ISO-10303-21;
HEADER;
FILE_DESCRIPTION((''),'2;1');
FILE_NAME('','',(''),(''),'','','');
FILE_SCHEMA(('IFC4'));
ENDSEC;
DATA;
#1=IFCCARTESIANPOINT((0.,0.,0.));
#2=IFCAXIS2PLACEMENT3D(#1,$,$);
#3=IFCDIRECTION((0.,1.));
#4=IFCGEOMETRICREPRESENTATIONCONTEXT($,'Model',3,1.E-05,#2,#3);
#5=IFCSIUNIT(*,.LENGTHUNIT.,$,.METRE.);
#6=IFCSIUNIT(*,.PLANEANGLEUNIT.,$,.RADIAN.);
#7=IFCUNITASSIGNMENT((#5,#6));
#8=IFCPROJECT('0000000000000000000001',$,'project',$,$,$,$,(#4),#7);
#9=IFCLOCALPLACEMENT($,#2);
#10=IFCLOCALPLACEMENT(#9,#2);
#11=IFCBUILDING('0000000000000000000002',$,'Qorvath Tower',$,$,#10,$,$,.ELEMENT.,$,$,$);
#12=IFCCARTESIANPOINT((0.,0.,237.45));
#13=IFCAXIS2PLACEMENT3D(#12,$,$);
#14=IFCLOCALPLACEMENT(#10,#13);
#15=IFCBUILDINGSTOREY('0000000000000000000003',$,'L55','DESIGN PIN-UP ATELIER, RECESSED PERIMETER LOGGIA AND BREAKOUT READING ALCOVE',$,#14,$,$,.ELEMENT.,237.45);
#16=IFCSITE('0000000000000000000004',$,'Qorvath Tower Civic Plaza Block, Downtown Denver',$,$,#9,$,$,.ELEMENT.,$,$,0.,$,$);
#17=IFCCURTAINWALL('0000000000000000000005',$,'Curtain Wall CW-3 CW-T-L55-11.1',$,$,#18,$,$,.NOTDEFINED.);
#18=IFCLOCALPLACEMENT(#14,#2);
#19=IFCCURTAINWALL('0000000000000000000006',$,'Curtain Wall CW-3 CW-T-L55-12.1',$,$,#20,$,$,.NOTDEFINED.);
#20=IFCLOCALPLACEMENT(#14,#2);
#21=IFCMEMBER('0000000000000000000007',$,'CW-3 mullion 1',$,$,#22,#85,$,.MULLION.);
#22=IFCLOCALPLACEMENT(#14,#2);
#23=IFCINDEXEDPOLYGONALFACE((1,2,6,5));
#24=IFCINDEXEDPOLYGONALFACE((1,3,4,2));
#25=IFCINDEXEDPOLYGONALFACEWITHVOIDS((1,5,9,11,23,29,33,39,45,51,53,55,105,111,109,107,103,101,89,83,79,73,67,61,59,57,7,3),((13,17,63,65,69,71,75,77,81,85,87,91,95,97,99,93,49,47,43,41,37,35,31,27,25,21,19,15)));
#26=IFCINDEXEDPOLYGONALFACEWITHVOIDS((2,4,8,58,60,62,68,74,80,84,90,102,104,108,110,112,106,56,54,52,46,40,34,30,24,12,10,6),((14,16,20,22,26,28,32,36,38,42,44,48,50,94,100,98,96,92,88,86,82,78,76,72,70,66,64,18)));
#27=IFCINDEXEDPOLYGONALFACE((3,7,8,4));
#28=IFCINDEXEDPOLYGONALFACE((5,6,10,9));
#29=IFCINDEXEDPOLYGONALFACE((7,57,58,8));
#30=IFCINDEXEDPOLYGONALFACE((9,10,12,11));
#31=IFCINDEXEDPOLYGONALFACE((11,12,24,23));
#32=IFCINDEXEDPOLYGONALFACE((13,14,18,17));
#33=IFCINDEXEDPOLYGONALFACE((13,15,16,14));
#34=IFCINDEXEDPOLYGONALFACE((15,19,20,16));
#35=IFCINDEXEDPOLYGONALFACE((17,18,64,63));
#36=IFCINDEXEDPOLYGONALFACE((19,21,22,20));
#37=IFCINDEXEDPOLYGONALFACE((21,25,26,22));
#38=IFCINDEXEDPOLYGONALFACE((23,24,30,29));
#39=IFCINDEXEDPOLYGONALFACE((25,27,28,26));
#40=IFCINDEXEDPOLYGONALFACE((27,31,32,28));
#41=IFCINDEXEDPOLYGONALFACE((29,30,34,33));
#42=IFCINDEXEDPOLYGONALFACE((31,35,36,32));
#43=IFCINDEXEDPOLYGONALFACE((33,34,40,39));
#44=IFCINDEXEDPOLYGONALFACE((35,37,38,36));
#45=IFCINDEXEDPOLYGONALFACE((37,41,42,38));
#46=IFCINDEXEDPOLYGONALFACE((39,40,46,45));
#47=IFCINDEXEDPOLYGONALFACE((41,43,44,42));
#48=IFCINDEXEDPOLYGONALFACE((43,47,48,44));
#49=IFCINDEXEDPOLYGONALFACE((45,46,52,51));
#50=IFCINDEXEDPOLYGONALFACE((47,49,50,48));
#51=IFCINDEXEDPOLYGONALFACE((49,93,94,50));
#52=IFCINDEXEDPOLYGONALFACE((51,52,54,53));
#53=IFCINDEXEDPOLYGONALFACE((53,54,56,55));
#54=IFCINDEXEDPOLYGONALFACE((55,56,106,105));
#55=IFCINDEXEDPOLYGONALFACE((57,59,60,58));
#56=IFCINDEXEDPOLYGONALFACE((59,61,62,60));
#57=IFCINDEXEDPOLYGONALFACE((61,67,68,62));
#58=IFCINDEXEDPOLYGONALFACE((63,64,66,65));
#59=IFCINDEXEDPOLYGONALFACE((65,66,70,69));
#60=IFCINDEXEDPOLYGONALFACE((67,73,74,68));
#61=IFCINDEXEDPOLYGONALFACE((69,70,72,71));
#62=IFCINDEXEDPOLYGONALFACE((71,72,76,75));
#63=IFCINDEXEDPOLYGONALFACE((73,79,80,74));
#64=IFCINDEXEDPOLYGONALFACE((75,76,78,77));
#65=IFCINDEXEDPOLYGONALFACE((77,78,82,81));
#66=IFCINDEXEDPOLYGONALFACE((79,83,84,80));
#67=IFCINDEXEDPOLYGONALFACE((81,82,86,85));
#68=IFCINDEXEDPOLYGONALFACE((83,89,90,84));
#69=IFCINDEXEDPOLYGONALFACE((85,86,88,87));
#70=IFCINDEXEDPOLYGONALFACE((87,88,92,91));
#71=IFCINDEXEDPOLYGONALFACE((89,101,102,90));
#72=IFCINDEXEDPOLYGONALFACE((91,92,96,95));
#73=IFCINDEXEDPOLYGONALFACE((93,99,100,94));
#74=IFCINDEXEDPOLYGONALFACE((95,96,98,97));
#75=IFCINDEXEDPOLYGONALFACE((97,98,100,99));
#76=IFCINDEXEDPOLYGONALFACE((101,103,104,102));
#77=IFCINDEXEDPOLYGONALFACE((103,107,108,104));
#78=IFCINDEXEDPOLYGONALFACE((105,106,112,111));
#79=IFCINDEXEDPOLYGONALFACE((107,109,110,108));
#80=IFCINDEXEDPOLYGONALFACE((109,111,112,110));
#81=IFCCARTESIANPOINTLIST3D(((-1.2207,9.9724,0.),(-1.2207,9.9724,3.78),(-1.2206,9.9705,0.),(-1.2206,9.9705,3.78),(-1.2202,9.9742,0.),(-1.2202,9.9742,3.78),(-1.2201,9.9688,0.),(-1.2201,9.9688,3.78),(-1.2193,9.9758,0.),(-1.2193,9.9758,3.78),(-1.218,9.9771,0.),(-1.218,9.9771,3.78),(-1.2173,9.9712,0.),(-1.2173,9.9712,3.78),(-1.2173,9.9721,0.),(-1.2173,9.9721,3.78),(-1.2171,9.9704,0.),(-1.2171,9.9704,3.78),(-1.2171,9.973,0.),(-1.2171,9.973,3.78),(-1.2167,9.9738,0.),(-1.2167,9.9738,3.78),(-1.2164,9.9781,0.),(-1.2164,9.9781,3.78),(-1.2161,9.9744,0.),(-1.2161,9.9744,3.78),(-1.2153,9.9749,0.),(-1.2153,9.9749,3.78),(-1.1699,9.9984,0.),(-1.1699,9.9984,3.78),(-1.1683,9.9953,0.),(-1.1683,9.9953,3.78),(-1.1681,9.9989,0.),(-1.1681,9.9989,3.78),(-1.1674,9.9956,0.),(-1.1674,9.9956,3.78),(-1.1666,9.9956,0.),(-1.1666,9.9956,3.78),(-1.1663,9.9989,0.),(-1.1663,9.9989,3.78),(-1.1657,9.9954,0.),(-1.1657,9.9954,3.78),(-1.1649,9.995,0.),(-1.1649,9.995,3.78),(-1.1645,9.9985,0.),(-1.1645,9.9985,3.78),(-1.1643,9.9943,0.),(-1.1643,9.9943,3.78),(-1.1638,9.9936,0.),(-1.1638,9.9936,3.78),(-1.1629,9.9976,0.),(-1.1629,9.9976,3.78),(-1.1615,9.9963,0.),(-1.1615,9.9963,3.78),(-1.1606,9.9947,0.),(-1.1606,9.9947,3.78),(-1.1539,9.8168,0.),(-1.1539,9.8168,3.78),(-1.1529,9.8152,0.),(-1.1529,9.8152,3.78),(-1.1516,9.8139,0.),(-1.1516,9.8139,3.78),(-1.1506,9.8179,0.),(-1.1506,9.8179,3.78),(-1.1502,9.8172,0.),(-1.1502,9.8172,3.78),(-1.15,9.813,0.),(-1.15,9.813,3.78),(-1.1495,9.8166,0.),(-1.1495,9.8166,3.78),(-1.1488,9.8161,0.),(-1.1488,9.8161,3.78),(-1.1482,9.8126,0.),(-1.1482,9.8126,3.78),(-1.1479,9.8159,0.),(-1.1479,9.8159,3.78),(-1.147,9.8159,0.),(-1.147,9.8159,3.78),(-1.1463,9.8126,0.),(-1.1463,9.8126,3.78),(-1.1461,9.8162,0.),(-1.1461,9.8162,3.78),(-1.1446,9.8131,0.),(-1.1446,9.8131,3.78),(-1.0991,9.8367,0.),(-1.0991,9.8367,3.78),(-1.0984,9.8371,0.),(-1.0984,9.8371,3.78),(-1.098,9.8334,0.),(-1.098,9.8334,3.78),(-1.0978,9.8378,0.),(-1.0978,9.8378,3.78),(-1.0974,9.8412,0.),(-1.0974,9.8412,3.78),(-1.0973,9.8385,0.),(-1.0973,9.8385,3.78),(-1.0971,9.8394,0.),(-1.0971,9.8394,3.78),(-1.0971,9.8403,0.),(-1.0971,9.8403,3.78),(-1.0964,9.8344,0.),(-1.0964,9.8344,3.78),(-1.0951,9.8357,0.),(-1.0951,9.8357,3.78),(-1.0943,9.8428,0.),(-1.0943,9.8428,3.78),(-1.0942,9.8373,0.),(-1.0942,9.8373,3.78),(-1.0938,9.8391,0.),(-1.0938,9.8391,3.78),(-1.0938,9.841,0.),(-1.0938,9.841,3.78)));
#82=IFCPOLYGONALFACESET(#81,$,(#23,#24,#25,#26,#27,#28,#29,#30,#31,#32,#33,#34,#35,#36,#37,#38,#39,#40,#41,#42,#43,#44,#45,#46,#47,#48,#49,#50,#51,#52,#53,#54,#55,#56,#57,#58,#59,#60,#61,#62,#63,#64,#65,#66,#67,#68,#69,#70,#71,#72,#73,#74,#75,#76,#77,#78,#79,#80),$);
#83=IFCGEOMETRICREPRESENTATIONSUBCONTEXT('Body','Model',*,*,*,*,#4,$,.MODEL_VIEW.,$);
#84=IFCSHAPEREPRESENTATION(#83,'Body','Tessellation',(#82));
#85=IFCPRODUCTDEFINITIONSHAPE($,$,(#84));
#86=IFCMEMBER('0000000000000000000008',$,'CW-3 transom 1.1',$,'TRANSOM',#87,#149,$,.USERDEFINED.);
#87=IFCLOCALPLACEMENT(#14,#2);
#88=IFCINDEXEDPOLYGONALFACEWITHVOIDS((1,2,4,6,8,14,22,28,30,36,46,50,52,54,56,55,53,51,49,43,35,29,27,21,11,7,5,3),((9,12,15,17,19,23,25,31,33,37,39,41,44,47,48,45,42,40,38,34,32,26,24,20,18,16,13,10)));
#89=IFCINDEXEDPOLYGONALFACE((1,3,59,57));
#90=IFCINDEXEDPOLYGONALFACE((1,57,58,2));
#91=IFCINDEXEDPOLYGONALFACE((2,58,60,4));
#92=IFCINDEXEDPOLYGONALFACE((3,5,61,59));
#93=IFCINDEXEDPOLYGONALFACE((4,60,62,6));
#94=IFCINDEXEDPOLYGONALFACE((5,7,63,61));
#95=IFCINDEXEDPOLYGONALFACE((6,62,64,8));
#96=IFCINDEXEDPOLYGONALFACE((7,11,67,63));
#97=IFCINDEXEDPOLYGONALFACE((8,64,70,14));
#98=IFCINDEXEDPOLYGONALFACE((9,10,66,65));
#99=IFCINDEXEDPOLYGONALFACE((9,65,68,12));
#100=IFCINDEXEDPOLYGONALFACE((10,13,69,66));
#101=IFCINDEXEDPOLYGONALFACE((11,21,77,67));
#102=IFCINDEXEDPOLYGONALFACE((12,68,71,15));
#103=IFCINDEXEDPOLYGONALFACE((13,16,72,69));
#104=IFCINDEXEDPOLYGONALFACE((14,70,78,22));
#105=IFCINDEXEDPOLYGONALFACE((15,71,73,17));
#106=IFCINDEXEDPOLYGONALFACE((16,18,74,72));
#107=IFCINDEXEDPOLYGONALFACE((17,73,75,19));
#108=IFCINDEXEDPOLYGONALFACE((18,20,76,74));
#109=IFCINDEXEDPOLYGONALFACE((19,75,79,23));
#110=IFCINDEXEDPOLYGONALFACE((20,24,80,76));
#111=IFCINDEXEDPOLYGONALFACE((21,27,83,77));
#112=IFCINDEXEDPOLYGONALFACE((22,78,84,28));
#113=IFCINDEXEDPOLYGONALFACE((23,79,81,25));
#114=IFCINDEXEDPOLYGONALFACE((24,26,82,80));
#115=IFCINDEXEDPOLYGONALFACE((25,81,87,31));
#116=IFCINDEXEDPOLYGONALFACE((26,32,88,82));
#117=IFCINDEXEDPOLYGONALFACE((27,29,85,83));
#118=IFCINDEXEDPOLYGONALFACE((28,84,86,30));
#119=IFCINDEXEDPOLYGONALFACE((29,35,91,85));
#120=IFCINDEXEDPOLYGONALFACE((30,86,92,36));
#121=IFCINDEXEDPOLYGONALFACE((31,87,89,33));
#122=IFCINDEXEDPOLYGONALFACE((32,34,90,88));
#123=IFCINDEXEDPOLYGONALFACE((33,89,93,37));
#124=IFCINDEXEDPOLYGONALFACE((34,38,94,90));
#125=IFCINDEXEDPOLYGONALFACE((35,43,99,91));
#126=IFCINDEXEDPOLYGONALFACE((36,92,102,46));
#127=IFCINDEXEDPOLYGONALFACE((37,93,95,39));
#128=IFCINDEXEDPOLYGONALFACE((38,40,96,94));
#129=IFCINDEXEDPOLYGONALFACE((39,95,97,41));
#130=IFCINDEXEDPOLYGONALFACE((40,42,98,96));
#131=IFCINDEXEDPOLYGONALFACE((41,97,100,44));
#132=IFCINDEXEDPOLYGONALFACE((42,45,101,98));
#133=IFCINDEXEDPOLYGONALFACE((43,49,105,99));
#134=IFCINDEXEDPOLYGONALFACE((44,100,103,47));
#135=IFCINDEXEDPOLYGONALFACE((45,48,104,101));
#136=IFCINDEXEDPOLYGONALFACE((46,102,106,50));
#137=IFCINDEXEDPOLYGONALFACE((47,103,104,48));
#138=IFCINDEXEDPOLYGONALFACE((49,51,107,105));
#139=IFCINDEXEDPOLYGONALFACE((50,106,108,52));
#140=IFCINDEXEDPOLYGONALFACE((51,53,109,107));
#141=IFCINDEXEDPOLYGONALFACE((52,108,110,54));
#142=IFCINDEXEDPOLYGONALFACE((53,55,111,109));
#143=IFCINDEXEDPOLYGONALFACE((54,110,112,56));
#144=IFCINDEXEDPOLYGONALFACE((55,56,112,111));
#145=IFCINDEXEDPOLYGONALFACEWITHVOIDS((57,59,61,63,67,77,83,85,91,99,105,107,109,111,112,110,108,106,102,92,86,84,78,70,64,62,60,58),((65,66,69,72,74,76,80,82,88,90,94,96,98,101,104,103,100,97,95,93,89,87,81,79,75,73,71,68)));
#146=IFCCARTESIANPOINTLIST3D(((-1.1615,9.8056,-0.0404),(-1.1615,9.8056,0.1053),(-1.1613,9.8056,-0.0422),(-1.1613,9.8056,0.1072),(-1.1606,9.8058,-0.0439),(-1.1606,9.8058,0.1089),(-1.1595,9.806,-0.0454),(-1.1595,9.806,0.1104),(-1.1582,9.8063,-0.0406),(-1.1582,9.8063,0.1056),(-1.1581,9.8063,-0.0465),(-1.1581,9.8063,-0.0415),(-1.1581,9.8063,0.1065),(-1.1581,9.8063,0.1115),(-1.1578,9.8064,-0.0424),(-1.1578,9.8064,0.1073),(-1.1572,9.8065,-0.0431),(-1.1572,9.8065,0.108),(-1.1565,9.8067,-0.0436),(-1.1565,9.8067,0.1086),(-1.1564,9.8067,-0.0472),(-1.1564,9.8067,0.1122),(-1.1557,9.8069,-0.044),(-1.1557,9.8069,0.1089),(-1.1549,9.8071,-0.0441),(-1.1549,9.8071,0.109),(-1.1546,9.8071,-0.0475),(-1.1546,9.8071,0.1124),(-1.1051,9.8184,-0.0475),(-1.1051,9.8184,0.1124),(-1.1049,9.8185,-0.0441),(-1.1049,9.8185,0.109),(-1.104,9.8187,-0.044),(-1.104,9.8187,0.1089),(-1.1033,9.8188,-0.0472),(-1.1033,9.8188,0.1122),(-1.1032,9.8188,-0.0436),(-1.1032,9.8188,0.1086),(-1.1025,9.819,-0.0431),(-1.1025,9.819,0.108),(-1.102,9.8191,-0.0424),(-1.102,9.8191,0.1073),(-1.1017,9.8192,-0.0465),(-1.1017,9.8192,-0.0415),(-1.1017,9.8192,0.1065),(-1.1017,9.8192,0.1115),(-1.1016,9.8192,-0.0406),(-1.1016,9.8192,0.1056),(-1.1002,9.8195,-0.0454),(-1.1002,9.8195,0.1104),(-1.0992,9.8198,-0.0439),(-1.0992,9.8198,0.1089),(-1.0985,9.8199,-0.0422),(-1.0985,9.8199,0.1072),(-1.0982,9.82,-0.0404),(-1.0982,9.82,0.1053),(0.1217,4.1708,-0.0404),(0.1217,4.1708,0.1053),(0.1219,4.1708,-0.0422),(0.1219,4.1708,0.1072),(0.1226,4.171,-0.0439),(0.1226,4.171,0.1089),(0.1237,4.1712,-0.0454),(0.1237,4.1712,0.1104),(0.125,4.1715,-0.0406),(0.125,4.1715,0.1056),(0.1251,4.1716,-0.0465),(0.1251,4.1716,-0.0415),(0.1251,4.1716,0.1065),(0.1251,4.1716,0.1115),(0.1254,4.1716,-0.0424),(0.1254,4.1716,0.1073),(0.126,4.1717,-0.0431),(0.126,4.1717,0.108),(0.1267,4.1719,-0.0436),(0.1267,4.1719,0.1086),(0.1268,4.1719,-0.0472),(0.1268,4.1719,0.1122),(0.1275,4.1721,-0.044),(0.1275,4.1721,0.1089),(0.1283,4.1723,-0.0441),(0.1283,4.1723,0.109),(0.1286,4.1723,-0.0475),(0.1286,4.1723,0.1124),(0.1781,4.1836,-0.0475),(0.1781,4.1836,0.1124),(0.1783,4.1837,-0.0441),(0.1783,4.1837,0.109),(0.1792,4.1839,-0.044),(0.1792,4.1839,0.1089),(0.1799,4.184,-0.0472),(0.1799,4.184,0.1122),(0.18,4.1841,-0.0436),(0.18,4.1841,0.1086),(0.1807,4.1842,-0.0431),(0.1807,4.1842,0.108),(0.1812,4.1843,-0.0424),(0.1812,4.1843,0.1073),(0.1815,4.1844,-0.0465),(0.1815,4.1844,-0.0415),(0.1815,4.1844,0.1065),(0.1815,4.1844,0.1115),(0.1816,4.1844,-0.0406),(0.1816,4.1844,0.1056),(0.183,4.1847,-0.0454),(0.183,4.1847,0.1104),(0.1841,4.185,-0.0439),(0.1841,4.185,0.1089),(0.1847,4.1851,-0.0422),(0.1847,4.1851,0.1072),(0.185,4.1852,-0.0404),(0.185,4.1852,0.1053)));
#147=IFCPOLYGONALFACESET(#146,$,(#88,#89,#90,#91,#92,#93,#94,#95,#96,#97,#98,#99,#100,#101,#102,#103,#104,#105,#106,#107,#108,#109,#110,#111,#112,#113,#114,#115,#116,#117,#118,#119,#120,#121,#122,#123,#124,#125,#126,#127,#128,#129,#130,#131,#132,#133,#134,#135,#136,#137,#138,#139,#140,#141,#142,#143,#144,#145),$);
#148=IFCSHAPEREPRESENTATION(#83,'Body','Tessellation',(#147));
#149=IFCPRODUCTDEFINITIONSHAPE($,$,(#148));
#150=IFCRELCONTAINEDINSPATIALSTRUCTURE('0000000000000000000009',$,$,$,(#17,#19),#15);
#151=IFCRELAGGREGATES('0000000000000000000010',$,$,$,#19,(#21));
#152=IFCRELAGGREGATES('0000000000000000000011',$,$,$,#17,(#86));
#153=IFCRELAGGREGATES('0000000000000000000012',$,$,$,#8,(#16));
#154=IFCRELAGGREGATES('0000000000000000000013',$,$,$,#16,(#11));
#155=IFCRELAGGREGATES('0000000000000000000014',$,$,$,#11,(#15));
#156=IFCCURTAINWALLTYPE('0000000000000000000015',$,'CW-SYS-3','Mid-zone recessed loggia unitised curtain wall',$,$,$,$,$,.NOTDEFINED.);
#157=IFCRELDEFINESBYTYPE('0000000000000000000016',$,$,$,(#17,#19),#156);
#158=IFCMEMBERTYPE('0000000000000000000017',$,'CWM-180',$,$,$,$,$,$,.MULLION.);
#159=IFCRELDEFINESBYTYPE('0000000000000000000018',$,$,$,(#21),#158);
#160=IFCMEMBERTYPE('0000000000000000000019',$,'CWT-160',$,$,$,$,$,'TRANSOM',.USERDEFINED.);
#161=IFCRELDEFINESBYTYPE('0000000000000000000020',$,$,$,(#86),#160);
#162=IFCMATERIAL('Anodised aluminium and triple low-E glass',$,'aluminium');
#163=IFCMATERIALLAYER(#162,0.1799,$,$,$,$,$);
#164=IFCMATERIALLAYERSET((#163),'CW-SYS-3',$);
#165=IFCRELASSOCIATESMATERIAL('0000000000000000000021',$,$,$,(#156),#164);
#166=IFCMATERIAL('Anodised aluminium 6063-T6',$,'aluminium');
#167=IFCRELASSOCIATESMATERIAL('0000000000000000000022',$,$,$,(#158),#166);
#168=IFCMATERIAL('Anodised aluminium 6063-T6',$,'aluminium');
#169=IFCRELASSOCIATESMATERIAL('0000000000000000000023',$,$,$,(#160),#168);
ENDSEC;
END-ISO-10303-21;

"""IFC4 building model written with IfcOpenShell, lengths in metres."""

from ifc_helpers import new_model, si_unit, direction, frame, origin, origin_2d, place, context, subcontext, project, spatial, hollow_rectangle, extrude, material, layer, layer_set, material_profile, profile_set, type_object, element, aggregate, save


model = new_model("IFC4")

# Units and contexts
model_context = context("Model", 3, precision=1e-05, world=origin(), true_north=direction((0.0, 1.0)))
body_context = subcontext(model_context, "Body", "Model", "MODEL_VIEW")
ifc_project = project(units=[si_unit("LENGTHUNIT", "METRE"), si_unit("PLANEANGLEUNIT", "RADIAN")], contexts=[model_context])

# Site, building, storey
site_placement = place(None, origin())
site = spatial("IfcSite", under=ifc_project, at=site_placement, Name="Qorvath Tower Civic Plaza Block, Downtown Denver", CompositionType="ELEMENT", RefElevation=0.0)
building_placement = place(site_placement, origin())
building = spatial("IfcBuilding", under=site, at=building_placement, Name="Qorvath Tower", CompositionType="ELEMENT")
storey_placement = place(building_placement, frame((0.0, 0.0, 237.45)))
storey = spatial("IfcBuildingStorey", under=building, at=storey_placement, Name="L55", Description="DESIGN PIN-UP ATELIER, RECESSED PERIMETER LOGGIA AND BREAKOUT READING ALCOVE", CompositionType="ELEMENT", Elevation=237.45)

# Curtain wall
ifc_material_1 = material(Name="Anodised aluminium and triple low-E glass", Category="aluminium")
ifc_layer_1 = layer(ifc_material_1, 0.1799)
ifc_layer_set_1 = layer_set([ifc_layer_1], Name="CW-SYS-3")
curtain_wall_type = type_object("IfcCurtainWallType", Name="CW-SYS-3", Description="Mid-zone recessed loggia unitised curtain wall", PredefinedType="NOTDEFINED", material=ifc_layer_set_1)
curtain_wall_1_placement = place(storey_placement, origin())
curtain_wall_1 = element("IfcCurtainWall", 1, at=curtain_wall_1_placement, inside=storey, type_object=curtain_wall_type, Name="Curtain Wall CW-3 CW-T-L55-11.1", PredefinedType="NOTDEFINED")
ifc_material_2 = material(Name="Anodised aluminium 6063-T6", Category="aluminium")
ifc_material_profile_1 = material_profile(ifc_material_2, hollow_rectangle(XDim=0.0649, YDim=0.1799, WallThickness=0.0034, InnerFilletRadius=0.0034, OuterFilletRadius=0.0071, at=origin_2d()), Name="CWM 180x65")
ifc_profile_set_1 = profile_set([ifc_material_profile_1], Name="Anodised aluminium 6063-T6")
member_type_1 = type_object("IfcMemberType", Name="CWM-180", PredefinedType="MULLION", material=ifc_profile_set_1)

# Curtain wall, member
curtain_wall_2_placement = place(storey_placement, origin())
curtain_wall_2 = element("IfcCurtainWall", 2, at=curtain_wall_2_placement, inside=storey, type_object=curtain_wall_type, Name="Curtain Wall CW-3 CW-T-L55-12.1", PredefinedType="NOTDEFINED")
member_1_placement = place(storey_placement, frame((-1.1572, 9.9058, 0.0), z_axis=(0.0, 0.0, 1.0), x_axis=(-0.916729, -0.399511, 0.0)))
member_1 = element("IfcMember", 3, at=member_1_placement, type_object=member_type_1, Name="CW-3 mullion 1", PredefinedType="MULLION", context=body_context, shape_type="SweptSolid", body=[
    extrude(hollow_rectangle(XDim=0.0649, YDim=0.1799, WallThickness=0.0034, InnerFilletRadius=0.0034, OuterFilletRadius=0.0071, at=origin_2d()), origin(), (0.0, 0.0, 1.0), 3.78),
])

# Member
ifc_material_3 = material(Name="Anodised aluminium 6063-T6", Category="aluminium")
ifc_material_profile_2 = material_profile(ifc_material_3, hollow_rectangle(XDim=0.0649, YDim=0.1599, WallThickness=0.0034, InnerFilletRadius=0.0034, OuterFilletRadius=0.0071, at=origin_2d()), Name="CWT 160x65")
ifc_profile_set_2 = profile_set([ifc_material_profile_2], Name="Anodised aluminium 6063-T6")
member_type_2 = type_object("IfcMemberType", Name="CWT-160", ElementType="TRANSOM", PredefinedType="USERDEFINED", material=ifc_profile_set_2)
member_2_placement = place(storey_placement, frame((0.1533, 4.178, 0.0325), z_axis=(-0.222045, 0.975036, 0.0), x_axis=(-0.975036, -0.222045, 0.0)))
member_2 = element("IfcMember", 4, at=member_2_placement, type_object=member_type_2, Name="CW-3 transom 1.1", ObjectType="TRANSOM", PredefinedType="USERDEFINED", context=body_context, shape_type="SweptSolid", body=[
    extrude(hollow_rectangle(XDim=0.0649, YDim=0.1599, WallThickness=0.0034, InnerFilletRadius=0.0034, OuterFilletRadius=0.0071, at=origin_2d()), origin(), (0.0, 0.0, 1.0), 5.7791),
])
aggregate(curtain_wall_2, [member_1])

aggregate(curtain_wall_1, [member_2])

save(model, "model.ifc")
